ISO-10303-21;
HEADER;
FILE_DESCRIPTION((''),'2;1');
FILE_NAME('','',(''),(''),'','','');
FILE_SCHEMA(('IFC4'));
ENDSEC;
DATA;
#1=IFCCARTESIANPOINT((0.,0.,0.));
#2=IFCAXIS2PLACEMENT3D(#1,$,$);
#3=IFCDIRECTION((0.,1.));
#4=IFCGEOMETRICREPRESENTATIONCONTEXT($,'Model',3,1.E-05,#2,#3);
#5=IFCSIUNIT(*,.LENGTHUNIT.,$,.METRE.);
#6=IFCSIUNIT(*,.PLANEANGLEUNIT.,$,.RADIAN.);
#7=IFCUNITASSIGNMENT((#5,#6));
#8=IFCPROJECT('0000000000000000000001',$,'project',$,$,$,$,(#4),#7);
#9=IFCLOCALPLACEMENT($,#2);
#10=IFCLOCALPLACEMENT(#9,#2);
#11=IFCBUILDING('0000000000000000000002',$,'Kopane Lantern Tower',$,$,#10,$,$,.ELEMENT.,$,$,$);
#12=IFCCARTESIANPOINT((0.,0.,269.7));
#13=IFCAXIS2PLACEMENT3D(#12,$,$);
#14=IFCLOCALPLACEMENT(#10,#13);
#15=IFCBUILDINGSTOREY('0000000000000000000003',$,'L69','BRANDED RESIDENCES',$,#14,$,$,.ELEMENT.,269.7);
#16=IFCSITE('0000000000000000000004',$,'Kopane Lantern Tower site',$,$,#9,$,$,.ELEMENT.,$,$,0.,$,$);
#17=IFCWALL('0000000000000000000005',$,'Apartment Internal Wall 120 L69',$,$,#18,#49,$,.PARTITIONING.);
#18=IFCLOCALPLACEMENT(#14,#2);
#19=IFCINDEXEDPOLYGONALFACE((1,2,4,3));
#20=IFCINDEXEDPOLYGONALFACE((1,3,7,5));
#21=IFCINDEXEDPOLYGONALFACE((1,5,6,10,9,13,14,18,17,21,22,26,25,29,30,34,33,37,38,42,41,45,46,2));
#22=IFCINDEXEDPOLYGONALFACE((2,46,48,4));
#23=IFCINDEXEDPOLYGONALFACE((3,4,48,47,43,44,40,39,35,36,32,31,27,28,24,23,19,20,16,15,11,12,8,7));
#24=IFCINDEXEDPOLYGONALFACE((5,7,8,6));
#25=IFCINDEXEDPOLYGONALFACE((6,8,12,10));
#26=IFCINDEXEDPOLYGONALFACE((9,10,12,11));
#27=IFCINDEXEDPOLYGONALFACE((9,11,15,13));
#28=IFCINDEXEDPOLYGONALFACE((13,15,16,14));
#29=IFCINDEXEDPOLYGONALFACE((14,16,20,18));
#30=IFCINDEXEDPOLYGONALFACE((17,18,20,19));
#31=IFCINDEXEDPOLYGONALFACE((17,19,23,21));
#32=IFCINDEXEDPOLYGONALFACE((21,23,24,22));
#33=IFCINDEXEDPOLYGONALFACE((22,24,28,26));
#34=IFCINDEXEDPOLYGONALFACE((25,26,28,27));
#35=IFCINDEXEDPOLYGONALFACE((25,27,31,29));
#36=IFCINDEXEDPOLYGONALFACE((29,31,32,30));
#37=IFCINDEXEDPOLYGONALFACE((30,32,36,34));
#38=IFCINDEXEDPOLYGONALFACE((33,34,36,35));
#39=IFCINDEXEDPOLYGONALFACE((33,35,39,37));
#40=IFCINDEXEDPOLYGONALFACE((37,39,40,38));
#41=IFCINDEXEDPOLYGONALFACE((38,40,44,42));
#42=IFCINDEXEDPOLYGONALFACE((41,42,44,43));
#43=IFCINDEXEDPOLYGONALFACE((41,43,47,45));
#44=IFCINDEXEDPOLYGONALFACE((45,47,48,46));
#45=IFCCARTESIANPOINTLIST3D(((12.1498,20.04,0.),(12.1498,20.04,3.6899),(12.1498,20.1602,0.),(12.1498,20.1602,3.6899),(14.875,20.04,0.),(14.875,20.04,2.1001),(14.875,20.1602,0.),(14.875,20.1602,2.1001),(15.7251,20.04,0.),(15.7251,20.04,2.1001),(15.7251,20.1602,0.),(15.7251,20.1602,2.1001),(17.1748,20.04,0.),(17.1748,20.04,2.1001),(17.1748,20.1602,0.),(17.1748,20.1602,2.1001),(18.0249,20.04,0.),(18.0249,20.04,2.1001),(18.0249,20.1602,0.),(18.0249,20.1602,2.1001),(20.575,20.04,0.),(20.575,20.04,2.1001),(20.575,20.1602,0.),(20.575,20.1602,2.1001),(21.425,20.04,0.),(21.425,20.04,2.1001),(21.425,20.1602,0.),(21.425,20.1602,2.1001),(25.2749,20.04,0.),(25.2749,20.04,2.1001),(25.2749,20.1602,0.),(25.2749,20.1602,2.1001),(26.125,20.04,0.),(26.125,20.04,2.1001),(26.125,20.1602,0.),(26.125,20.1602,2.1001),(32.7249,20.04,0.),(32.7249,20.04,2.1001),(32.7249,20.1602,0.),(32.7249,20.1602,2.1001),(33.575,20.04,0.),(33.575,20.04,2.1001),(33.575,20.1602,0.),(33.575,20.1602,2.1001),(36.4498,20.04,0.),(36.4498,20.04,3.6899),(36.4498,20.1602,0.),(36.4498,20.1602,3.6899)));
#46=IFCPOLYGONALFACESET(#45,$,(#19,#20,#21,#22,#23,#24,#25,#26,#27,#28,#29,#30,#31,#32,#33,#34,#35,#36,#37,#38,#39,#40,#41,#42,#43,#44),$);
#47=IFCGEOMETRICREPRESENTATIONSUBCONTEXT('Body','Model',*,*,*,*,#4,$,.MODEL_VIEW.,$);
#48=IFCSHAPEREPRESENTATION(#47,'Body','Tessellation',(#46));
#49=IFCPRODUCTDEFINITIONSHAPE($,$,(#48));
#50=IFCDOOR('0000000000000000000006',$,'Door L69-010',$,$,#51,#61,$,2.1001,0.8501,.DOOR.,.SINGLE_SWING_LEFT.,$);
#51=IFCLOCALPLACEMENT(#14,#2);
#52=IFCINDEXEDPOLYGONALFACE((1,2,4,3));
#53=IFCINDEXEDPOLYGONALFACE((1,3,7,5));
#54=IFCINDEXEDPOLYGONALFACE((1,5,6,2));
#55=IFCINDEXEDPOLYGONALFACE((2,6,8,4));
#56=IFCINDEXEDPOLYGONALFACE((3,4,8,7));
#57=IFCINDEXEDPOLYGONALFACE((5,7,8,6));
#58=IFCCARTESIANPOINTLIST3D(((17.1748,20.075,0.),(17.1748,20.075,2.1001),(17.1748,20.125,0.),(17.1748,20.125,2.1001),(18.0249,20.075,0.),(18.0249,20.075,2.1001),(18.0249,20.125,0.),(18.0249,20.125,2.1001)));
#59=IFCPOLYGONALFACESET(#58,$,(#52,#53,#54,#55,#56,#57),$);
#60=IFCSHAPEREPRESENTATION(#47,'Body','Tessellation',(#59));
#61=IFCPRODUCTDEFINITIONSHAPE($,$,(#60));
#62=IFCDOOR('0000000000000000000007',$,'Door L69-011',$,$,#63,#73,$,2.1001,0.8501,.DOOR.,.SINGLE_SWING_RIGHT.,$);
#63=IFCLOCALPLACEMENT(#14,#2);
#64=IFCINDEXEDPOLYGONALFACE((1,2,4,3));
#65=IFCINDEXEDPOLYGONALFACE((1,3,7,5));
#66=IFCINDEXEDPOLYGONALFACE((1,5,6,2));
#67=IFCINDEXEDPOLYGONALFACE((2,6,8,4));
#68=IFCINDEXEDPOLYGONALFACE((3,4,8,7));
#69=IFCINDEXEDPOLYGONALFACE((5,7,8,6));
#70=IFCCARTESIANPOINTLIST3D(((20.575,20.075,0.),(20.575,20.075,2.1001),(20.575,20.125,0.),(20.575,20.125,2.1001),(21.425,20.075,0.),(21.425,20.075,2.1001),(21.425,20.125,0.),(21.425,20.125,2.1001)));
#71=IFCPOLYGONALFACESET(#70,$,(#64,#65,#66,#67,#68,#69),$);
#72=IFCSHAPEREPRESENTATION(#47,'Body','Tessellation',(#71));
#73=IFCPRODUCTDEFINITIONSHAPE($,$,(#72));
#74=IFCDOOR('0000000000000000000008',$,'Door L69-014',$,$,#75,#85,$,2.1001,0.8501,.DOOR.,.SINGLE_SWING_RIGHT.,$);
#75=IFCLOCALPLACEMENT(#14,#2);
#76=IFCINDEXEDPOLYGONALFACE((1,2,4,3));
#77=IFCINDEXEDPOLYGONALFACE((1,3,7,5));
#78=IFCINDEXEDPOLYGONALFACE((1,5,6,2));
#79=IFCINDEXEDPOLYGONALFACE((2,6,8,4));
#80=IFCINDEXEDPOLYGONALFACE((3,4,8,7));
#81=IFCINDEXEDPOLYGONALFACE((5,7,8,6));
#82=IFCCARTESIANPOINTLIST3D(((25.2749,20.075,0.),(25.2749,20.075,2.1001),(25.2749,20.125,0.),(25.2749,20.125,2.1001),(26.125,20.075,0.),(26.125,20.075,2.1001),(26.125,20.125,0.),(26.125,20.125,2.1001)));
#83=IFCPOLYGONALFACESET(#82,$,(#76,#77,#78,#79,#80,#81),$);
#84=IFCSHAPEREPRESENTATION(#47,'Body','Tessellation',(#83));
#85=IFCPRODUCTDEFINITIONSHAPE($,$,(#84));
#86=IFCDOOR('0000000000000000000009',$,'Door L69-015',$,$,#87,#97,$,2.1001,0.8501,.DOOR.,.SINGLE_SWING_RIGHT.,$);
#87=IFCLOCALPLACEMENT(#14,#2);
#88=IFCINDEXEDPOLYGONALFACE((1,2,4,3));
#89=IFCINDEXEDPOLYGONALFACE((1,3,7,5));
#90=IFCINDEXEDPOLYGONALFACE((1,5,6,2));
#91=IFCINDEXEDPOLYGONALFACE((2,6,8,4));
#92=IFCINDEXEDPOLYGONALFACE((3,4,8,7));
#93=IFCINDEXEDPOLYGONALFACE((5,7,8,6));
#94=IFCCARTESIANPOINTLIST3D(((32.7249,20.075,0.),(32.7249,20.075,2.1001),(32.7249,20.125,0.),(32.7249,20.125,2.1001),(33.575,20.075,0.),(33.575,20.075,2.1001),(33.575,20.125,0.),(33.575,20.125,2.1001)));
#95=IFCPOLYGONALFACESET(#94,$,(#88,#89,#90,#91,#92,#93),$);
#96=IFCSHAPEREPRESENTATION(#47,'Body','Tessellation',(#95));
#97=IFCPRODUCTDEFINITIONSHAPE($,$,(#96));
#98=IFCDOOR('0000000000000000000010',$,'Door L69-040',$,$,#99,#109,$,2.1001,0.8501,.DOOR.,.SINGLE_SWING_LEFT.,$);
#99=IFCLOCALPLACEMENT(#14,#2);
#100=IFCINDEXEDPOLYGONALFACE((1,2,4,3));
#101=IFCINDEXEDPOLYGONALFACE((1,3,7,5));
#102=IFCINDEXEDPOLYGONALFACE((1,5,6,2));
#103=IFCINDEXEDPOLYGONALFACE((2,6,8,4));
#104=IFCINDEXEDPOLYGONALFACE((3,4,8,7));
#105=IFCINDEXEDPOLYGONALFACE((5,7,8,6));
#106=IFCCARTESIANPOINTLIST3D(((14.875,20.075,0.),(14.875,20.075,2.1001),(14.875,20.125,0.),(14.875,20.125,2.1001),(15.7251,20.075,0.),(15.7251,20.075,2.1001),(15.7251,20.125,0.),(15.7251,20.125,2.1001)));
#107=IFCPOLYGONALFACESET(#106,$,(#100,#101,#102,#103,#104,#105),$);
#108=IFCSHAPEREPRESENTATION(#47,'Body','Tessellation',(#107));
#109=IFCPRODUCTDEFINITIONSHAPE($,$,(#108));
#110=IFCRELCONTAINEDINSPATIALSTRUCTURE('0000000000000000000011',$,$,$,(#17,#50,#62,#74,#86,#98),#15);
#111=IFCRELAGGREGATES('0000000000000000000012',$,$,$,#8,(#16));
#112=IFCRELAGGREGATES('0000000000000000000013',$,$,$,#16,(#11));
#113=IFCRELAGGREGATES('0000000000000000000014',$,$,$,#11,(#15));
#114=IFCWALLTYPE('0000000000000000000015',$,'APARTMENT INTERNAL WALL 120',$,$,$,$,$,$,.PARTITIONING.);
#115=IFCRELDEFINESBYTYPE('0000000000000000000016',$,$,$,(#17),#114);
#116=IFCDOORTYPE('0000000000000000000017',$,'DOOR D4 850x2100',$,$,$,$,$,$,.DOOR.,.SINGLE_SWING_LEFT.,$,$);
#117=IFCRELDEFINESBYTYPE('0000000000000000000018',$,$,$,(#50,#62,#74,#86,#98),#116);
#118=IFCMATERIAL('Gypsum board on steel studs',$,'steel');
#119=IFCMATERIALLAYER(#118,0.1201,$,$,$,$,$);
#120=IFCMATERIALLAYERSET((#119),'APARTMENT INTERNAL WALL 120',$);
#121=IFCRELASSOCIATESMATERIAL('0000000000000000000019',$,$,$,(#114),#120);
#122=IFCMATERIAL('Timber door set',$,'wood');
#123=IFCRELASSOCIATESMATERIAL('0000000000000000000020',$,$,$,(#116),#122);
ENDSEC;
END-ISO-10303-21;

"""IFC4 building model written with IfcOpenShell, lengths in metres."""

from ifc_helpers import new_model, si_unit, direction, frame, frame_2d, origin, place, context, subcontext, project, spatial, rectangle, extrude, material, layer, layer_set, type_object, element, fill, save


model = new_model("IFC4")

# Units and contexts
model_context = context("Model", 3, precision=1e-05, world=origin(), true_north=direction((0.0, 1.0)))
body_context = subcontext(model_context, "Body", "Model", "MODEL_VIEW")
ifc_project = project(units=[si_unit("LENGTHUNIT", "METRE"), si_unit("PLANEANGLEUNIT", "RADIAN")], contexts=[model_context])

# Site, building, storey
site_placement = place(None, origin())
site = spatial("IfcSite", under=ifc_project, at=site_placement, Name="Kopane Lantern Tower site", CompositionType="ELEMENT", RefElevation=0.0)
building_placement = place(site_placement, origin())
building = spatial("IfcBuilding", under=site, at=building_placement, Name="Kopane Lantern Tower", CompositionType="ELEMENT")
storey_placement = place(building_placement, frame((0.0, 0.0, 269.7)))
storey = spatial("IfcBuildingStorey", under=building, at=storey_placement, Name="L69", Description="BRANDED RESIDENCES", CompositionType="ELEMENT", Elevation=269.7)

# Wall, openings, doors
ifc_material_1 = material(Name="Gypsum board on steel studs", Category="steel")
ifc_layer_1 = layer(ifc_material_1, 0.1201)
ifc_layer_set_1 = layer_set([ifc_layer_1], Name="APARTMENT INTERNAL WALL 120")
wall_type_1 = type_object("IfcWallType", Name="APARTMENT INTERNAL WALL 120", PredefinedType="PARTITIONING", material=ifc_layer_set_1)
wall_1_placement = place(storey_placement, frame((12.1499, 20.1001, 0.0), z_axis=(0.0, 0.0, 1.0), x_axis=(1.0, 0.0, 0.0)))
wall_1 = element("IfcWall", 1, at=wall_1_placement, inside=storey, type_object=wall_type_1, Name="Apartment Internal Wall 120 L69", PredefinedType="PARTITIONING", context=body_context, shape_type="SweptSolid", body=[
    extrude(rectangle(XDim=24.3, YDim=0.1201, at=frame_2d((12.1499, 0.0))), origin(), (0.0, 0.0, 1.0), 3.6899),
])
opening_1_placement = place(wall_1_placement, frame((5.0249, 0.0, 0.0)))
opening_1 = element("IfcOpeningElement", 2, at=opening_1_placement, cuts=wall_1, PredefinedType="OPENING", context=body_context, shape_type="SweptSolid", body=[
    extrude(rectangle(XDim=0.8501, YDim=2.1001, at=frame_2d((0.425, 1.05))), frame((0.0, 0.0701, 0.0), z_axis=(0.0, -1.0, 0.0), x_axis=(1.0, 0.0, 0.0)), (0.0, 0.0, 1.0), 0.1401),
])
opening_2_placement = place(wall_1_placement, frame((8.425, 0.0, 0.0)))
opening_2 = element("IfcOpeningElement", 3, at=opening_2_placement, cuts=wall_1, PredefinedType="OPENING", context=body_context, shape_type="SweptSolid", body=[
    extrude(rectangle(XDim=0.8501, YDim=2.1001, at=frame_2d((0.425, 1.05))), frame((0.0, 0.0701, 0.0), z_axis=(0.0, -1.0, 0.0), x_axis=(1.0, 0.0, 0.0)), (0.0, 0.0, 1.0), 0.1401),
])
opening_3_placement = place(wall_1_placement, frame((13.125, 0.0, 0.0)))
opening_3 = element("IfcOpeningElement", 4, at=opening_3_placement, cuts=wall_1, PredefinedType="OPENING", context=body_context, shape_type="SweptSolid", body=[
    extrude(rectangle(XDim=0.8501, YDim=2.1001, at=frame_2d((0.425, 1.05))), frame((0.0, 0.0701, 0.0), z_axis=(0.0, -1.0, 0.0), x_axis=(1.0, 0.0, 0.0)), (0.0, 0.0, 1.0), 0.1401),
])
opening_4_placement = place(wall_1_placement, frame((20.575, 0.0, 0.0)))
opening_4 = element("IfcOpeningElement", 5, at=opening_4_placement, cuts=wall_1, PredefinedType="OPENING", context=body_context, shape_type="SweptSolid", body=[
    extrude(rectangle(XDim=0.8501, YDim=2.1001, at=frame_2d((0.425, 1.05))), frame((0.0, 0.0701, 0.0), z_axis=(0.0, -1.0, 0.0), x_axis=(1.0, 0.0, 0.0)), (0.0, 0.0, 1.0), 0.1401),
])
opening_5_placement = place(wall_1_placement, frame((2.7251, 0.0, 0.0)))
opening_5 = element("IfcOpeningElement", 6, at=opening_5_placement, cuts=wall_1, PredefinedType="OPENING", context=body_context, shape_type="SweptSolid", body=[
    extrude(rectangle(XDim=0.8501, YDim=2.1001, at=frame_2d((0.425, 1.05))), frame((0.0, 0.0701, 0.0), z_axis=(0.0, -1.0, 0.0), x_axis=(1.0, 0.0, 0.0)), (0.0, 0.0, 1.0), 0.1401),
])
ifc_material_2 = material(Name="Timber door set", Category="wood")
door_type = type_object("IfcDoorType", Name="DOOR D4 850x2100", OperationType="SINGLE_SWING_LEFT", PredefinedType="DOOR", material=ifc_material_2)
door_1_placement = place(opening_1_placement, origin())
door_1 = element("IfcDoor", 7, at=door_1_placement, inside=storey, type_object=door_type, Name="Door L69-010", OperationType="SINGLE_SWING_LEFT", OverallHeight=2.1001, OverallWidth=0.8501, PredefinedType="DOOR", context=body_context, shape_type="SweptSolid", body=[
    extrude(rectangle(XDim=0.8501, YDim=2.1001, at=frame_2d((0.425, 1.05))), frame((0.0, 0.0249, 0.0), z_axis=(0.0, -1.0, 0.0), x_axis=(1.0, 0.0, 0.0)), (0.0, 0.0, 1.0), 0.05),
])
fill(opening_1, door_1)
door_2_placement = place(opening_2_placement, origin())
door_2 = element("IfcDoor", 8, at=door_2_placement, inside=storey, type_object=door_type, Name="Door L69-011", OperationType="SINGLE_SWING_RIGHT", OverallHeight=2.1001, OverallWidth=0.8501, PredefinedType="DOOR", context=body_context, shape_type="SweptSolid", body=[
    extrude(rectangle(XDim=0.8501, YDim=2.1001, at=frame_2d((0.425, 1.05))), frame((0.0, 0.0249, 0.0), z_axis=(0.0, -1.0, 0.0), x_axis=(1.0, 0.0, 0.0)), (0.0, 0.0, 1.0), 0.05),
])
fill(opening_2, door_2)
door_3_placement = place(opening_3_placement, origin())
door_3 = element("IfcDoor", 9, at=door_3_placement, inside=storey, type_object=door_type, Name="Door L69-014", OperationType="SINGLE_SWING_RIGHT", OverallHeight=2.1001, OverallWidth=0.8501, PredefinedType="DOOR", context=body_context, shape_type="SweptSolid", body=[
    extrude(rectangle(XDim=0.8501, YDim=2.1001, at=frame_2d((0.425, 1.05))), frame((0.0, 0.0249, 0.0), z_axis=(0.0, -1.0, 0.0), x_axis=(1.0, 0.0, 0.0)), (0.0, 0.0, 1.0), 0.05),
])
fill(opening_3, door_3)
door_4_placement = place(opening_4_placement, origin())
door_4 = element("IfcDoor", 10, at=door_4_placement, inside=storey, type_object=door_type, Name="Door L69-015", OperationType="SINGLE_SWING_RIGHT", OverallHeight=2.1001, OverallWidth=0.8501, PredefinedType="DOOR", context=body_context, shape_type="SweptSolid", body=[
    extrude(rectangle(XDim=0.8501, YDim=2.1001, at=frame_2d((0.425, 1.05))), frame((0.0, 0.0249, 0.0), z_axis=(0.0, -1.0, 0.0), x_axis=(1.0, 0.0, 0.0)), (0.0, 0.0, 1.0), 0.05),
])
fill(opening_4, door_4)
door_5_placement = place(opening_5_placement, origin())
door_5 = element("IfcDoor", 11, at=door_5_placement, inside=storey, type_object=door_type, Name="Door L69-040", OperationType="SINGLE_SWING_LEFT", OverallHeight=2.1001, OverallWidth=0.8501, PredefinedType="DOOR", context=body_context, shape_type="SweptSolid", body=[
    extrude(rectangle(XDim=0.8501, YDim=2.1001, at=frame_2d((0.425, 1.05))), frame((0.0, 0.0249, 0.0), z_axis=(0.0, -1.0, 0.0), x_axis=(1.0, 0.0, 0.0)), (0.0, 0.0, 1.0), 0.05),
])
fill(opening_5, door_5)

save(model, "model.ifc")
